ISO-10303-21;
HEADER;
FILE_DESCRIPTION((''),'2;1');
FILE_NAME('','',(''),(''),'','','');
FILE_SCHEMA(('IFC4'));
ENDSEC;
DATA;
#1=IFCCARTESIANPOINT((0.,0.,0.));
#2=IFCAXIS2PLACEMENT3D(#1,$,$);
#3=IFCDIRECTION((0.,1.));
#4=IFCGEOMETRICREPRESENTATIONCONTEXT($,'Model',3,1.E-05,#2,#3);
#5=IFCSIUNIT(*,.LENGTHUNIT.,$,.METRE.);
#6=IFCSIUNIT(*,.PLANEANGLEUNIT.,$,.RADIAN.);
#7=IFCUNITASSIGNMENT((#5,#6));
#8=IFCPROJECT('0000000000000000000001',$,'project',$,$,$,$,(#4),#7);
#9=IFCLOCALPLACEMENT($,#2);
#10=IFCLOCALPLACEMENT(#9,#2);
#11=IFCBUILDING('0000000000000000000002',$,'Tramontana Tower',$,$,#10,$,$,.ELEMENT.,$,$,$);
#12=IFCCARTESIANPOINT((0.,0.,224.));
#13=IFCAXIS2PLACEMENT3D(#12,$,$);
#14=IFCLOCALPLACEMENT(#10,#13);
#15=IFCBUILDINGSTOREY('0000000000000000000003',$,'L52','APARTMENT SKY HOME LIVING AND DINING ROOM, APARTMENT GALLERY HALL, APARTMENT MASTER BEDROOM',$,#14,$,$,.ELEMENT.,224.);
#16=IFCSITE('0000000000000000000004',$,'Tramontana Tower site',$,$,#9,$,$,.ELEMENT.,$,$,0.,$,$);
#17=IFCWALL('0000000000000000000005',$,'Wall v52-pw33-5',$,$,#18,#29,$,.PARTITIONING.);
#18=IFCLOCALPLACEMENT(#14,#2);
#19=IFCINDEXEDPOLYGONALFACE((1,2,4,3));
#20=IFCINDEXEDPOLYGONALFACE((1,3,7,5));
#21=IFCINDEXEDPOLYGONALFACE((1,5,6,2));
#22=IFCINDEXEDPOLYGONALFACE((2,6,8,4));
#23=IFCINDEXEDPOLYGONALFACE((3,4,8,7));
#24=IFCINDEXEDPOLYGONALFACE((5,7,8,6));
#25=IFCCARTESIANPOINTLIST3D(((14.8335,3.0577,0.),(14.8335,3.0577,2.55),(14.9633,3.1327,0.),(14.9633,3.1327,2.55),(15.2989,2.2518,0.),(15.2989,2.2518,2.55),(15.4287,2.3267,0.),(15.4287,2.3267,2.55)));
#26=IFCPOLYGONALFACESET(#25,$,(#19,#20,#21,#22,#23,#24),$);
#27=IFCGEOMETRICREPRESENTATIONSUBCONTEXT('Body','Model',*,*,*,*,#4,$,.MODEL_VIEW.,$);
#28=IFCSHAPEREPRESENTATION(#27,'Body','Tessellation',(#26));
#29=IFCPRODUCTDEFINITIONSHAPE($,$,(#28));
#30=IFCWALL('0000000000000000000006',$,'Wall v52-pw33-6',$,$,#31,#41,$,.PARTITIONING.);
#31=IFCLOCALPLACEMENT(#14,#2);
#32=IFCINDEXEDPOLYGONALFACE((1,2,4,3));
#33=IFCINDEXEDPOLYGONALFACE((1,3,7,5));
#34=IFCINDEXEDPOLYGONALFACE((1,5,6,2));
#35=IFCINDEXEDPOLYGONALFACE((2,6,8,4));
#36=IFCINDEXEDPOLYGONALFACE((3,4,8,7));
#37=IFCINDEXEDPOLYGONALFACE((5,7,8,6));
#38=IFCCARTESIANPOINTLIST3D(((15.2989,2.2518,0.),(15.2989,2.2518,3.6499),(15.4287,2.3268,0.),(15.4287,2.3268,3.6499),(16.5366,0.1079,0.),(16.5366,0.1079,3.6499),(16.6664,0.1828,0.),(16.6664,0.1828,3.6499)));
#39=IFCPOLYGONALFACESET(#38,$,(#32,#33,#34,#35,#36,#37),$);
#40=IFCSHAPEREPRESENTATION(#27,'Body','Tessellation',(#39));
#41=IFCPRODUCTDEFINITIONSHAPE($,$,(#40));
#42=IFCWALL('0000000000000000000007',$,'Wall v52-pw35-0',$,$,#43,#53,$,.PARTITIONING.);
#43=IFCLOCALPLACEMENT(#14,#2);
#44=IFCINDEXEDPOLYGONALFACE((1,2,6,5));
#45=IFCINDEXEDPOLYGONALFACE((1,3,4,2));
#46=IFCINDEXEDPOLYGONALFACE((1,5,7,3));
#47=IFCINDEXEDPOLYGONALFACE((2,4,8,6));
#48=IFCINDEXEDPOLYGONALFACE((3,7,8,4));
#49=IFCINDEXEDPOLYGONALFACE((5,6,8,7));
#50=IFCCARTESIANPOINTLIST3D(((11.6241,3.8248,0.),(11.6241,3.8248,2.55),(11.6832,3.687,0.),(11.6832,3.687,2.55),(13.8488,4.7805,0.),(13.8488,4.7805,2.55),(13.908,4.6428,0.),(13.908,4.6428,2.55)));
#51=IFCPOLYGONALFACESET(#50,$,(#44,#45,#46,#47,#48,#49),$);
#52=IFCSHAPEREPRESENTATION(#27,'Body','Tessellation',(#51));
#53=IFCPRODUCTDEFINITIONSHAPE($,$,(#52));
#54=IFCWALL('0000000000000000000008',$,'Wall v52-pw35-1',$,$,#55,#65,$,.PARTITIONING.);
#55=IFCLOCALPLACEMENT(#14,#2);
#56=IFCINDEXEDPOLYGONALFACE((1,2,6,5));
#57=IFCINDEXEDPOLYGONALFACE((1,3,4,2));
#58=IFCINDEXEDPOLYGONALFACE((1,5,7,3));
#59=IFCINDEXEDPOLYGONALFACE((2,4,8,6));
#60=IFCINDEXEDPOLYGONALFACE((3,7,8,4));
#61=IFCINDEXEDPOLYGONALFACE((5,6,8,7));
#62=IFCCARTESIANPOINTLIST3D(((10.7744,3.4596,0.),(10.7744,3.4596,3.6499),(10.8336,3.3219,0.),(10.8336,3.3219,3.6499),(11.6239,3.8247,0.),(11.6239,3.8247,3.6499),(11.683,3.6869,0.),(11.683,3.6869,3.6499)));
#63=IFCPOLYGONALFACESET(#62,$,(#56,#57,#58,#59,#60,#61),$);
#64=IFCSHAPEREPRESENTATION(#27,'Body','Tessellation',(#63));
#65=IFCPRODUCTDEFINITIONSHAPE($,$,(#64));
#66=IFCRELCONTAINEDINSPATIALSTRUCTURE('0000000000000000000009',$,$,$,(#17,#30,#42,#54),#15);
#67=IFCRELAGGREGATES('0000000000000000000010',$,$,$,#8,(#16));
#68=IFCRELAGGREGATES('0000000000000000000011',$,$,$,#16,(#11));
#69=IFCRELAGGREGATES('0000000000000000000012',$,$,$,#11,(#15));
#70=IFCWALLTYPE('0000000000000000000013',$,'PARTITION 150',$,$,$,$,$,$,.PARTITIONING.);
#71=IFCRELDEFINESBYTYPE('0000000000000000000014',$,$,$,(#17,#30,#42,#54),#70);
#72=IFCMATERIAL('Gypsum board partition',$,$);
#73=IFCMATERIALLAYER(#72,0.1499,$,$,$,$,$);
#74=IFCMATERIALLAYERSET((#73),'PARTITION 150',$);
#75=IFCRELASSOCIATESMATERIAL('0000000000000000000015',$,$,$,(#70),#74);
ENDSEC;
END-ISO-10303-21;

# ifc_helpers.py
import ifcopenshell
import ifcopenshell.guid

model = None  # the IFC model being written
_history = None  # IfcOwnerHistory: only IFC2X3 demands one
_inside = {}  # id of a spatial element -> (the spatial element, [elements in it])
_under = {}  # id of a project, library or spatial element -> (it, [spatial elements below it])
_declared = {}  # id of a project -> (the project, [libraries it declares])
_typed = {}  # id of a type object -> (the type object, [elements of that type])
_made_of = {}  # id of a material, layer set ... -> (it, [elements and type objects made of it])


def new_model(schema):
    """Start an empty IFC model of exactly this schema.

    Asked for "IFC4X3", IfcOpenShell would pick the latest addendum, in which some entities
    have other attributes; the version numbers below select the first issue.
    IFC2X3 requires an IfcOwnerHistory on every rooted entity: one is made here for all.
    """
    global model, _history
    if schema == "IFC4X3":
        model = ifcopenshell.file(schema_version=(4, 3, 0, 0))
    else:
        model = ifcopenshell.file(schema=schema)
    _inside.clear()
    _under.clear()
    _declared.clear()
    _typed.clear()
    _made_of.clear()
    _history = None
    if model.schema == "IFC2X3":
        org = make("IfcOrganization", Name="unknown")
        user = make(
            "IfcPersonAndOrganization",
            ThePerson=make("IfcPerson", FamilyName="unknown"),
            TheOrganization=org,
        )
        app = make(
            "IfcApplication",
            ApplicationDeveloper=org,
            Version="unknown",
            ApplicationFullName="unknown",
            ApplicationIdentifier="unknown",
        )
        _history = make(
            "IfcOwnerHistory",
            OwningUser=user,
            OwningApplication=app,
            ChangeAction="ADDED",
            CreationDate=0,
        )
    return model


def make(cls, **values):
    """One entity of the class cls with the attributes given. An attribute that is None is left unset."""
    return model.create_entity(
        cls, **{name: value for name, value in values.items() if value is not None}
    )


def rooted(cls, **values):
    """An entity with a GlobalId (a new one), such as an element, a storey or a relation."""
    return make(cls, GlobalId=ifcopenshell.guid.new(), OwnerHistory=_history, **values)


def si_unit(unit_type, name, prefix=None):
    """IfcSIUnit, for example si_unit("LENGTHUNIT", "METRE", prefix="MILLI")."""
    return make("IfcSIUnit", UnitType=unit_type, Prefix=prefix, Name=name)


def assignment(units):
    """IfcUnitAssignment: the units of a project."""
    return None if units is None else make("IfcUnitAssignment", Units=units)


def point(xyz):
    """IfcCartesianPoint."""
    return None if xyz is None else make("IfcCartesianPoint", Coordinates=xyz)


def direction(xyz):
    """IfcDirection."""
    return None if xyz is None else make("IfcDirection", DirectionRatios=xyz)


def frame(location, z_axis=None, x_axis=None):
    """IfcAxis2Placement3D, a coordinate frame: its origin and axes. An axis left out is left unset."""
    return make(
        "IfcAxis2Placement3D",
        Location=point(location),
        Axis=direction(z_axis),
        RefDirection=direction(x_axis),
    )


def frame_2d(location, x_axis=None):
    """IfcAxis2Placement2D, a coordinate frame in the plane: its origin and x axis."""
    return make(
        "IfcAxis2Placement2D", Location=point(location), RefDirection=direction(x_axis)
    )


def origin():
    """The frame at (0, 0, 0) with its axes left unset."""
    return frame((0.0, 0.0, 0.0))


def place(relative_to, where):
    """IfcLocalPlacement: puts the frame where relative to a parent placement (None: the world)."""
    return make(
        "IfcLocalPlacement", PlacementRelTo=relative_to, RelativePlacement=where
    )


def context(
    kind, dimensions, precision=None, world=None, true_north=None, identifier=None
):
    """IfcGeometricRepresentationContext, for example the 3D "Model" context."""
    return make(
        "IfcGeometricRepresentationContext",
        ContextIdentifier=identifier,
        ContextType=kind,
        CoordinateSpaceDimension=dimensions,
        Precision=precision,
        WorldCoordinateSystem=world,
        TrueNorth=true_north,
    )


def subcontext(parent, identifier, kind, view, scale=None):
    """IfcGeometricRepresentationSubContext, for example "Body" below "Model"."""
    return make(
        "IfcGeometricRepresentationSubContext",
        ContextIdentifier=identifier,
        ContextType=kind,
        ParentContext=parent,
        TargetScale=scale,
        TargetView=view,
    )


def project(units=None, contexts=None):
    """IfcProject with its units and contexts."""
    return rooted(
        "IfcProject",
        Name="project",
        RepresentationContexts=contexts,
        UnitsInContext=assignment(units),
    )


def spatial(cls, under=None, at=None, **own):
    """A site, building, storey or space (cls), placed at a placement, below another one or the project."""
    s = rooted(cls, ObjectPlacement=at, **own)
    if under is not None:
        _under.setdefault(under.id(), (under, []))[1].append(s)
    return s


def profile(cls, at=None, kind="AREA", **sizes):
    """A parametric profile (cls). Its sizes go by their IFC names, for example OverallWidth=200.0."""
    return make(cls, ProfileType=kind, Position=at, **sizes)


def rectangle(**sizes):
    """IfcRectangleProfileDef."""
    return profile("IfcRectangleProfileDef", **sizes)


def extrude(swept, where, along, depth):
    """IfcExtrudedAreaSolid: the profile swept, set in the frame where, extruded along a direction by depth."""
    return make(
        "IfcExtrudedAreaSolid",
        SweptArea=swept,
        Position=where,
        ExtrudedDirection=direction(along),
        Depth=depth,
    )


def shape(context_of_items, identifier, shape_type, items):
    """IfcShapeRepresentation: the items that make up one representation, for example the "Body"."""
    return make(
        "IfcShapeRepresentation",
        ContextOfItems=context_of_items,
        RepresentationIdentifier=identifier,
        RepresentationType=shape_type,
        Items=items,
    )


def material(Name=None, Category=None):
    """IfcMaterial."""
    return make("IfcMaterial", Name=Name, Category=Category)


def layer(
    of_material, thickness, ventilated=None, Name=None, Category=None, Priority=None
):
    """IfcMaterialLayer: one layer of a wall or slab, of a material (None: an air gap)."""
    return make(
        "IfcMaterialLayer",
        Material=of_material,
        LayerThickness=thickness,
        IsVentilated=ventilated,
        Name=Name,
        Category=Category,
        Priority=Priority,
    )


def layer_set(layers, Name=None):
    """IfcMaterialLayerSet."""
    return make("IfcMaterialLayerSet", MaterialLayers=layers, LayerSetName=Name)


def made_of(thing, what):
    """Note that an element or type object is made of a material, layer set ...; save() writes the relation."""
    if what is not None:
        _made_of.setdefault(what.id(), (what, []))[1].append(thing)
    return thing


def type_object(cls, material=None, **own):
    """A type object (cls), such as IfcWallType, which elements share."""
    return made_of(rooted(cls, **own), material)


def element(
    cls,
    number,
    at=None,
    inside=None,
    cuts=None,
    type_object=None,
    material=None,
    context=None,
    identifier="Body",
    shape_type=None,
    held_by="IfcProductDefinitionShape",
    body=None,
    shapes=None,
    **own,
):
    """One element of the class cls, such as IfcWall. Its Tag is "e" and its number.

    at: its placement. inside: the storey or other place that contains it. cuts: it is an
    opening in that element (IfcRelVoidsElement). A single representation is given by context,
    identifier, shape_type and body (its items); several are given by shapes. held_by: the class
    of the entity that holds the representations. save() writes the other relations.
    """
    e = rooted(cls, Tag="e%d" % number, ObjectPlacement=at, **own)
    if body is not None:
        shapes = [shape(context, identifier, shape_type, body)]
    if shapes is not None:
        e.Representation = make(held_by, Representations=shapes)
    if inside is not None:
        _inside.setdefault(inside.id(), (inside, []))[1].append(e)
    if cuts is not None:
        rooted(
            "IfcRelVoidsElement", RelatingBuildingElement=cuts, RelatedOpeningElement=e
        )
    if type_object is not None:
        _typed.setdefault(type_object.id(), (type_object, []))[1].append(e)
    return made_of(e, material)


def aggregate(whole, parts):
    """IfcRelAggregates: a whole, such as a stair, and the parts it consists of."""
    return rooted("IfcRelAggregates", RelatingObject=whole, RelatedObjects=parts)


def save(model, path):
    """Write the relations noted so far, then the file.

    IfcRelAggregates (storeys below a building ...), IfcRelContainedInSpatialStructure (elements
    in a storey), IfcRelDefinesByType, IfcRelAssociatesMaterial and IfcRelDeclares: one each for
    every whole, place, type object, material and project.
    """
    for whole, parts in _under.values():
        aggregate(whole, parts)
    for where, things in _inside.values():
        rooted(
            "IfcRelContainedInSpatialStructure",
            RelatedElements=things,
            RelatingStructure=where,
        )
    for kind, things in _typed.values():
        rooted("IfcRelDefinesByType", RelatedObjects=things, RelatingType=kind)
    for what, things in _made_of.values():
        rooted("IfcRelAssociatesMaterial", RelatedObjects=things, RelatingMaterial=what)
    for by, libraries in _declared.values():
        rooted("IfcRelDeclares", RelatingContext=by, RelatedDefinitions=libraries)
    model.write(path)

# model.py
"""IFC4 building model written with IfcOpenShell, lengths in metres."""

from ifc_helpers import new_model, si_unit, direction, frame, frame_2d, origin, place, context, subcontext, project, spatial, rectangle, extrude, material, layer, layer_set, type_object, element, save


model = new_model("IFC4")

# Units and contexts
model_context = context("Model", 3, precision=1e-05, world=origin(), true_north=direction((0.0, 1.0)))
body_context = subcontext(model_context, "Body", "Model", "MODEL_VIEW")
ifc_project = project(units=[si_unit("LENGTHUNIT", "METRE"), si_unit("PLANEANGLEUNIT", "RADIAN")], contexts=[model_context])

# Site, building, storey
site_placement = place(None, origin())
site = spatial("IfcSite", under=ifc_project, at=site_placement, Name="Tramontana Tower site", CompositionType="ELEMENT", RefElevation=0.0)
building_placement = place(site_placement, origin())
building = spatial("IfcBuilding", under=site, at=building_placement, Name="Tramontana Tower", CompositionType="ELEMENT")
storey_placement = place(building_placement, frame((0.0, 0.0, 224.0)))
storey = spatial("IfcBuildingStorey", under=building, at=storey_placement, Name="L52", Description="APARTMENT SKY HOME LIVING AND DINING ROOM, APARTMENT GALLERY HALL, APARTMENT MASTER BEDROOM", CompositionType="ELEMENT", Elevation=224.0)

# Shared definitions
ifc_material_1 = material(Name="Gypsum board partition")
ifc_layer_1 = layer(ifc_material_1, 0.1499)
ifc_layer_set_1 = layer_set([ifc_layer_1], Name="PARTITION 150")
wall_type_1 = type_object("IfcWallType", Name="PARTITION 150", PredefinedType="PARTITIONING", material=ifc_layer_set_1)

# Walls
wall_1_placement = place(storey_placement, frame((14.8984, 3.0952, 0.0), z_axis=(0.0, 0.0, 1.0), x_axis=(0.500033, -0.866006, 0.0)))
element("IfcWall", 1, at=wall_1_placement, inside=storey, type_object=wall_type_1, Name="Wall v52-pw33-5", PredefinedType="PARTITIONING", context=body_context, shape_type="SweptSolid", body=[
    extrude(rectangle(XDim=0.9307, YDim=0.1499, at=frame_2d((0.4653, 0.0))), origin(), (0.0, 0.0, 1.0), 2.55),
])
wall_2_placement = place(storey_placement, frame((15.3638, 2.2893, 0.0), z_axis=(0.0, 0.0, 1.0), x_axis=(0.499979, -0.866038, 0.0)))
element("IfcWall", 2, at=wall_2_placement, inside=storey, type_object=wall_type_1, Name="Wall v52-pw33-6", PredefinedType="PARTITIONING", context=body_context, shape_type="SweptSolid", body=[
    extrude(rectangle(XDim=2.4756, YDim=0.1499, at=frame_2d((1.2378, 0.0))), origin(), (0.0, 0.0, 1.0), 3.6499),
])
wall_3_placement = place(storey_placement, frame((13.8784, 4.7117, 0.0), z_axis=(0.0, 0.0, 1.0), x_axis=(-0.9188, -0.394722, 0.0)))
element("IfcWall", 3, at=wall_3_placement, inside=storey, type_object=wall_type_1, Name="Wall v52-pw35-0", PredefinedType="PARTITIONING", context=body_context, shape_type="SweptSolid", body=[
    extrude(rectangle(XDim=2.4214, YDim=0.1499, at=frame_2d((1.2107, 0.0))), origin(), (0.0, 0.0, 1.0), 2.55),
])
wall_4_placement = place(storey_placement, frame((11.6536, 3.7559, 0.0), z_axis=(0.0, 0.0, 1.0), x_axis=(-0.918762, -0.394812, 0.0)))
element("IfcWall", 4, at=wall_4_placement, inside=storey, type_object=wall_type_1, Name="Wall v52-pw35-1", PredefinedType="PARTITIONING", context=body_context, shape_type="SweptSolid", body=[
    extrude(rectangle(XDim=0.9246, YDim=0.1499, at=frame_2d((0.4624, 0.0))), origin(), (0.0, 0.0, 1.0), 3.6499),
])

save(model, "model.ifc")
